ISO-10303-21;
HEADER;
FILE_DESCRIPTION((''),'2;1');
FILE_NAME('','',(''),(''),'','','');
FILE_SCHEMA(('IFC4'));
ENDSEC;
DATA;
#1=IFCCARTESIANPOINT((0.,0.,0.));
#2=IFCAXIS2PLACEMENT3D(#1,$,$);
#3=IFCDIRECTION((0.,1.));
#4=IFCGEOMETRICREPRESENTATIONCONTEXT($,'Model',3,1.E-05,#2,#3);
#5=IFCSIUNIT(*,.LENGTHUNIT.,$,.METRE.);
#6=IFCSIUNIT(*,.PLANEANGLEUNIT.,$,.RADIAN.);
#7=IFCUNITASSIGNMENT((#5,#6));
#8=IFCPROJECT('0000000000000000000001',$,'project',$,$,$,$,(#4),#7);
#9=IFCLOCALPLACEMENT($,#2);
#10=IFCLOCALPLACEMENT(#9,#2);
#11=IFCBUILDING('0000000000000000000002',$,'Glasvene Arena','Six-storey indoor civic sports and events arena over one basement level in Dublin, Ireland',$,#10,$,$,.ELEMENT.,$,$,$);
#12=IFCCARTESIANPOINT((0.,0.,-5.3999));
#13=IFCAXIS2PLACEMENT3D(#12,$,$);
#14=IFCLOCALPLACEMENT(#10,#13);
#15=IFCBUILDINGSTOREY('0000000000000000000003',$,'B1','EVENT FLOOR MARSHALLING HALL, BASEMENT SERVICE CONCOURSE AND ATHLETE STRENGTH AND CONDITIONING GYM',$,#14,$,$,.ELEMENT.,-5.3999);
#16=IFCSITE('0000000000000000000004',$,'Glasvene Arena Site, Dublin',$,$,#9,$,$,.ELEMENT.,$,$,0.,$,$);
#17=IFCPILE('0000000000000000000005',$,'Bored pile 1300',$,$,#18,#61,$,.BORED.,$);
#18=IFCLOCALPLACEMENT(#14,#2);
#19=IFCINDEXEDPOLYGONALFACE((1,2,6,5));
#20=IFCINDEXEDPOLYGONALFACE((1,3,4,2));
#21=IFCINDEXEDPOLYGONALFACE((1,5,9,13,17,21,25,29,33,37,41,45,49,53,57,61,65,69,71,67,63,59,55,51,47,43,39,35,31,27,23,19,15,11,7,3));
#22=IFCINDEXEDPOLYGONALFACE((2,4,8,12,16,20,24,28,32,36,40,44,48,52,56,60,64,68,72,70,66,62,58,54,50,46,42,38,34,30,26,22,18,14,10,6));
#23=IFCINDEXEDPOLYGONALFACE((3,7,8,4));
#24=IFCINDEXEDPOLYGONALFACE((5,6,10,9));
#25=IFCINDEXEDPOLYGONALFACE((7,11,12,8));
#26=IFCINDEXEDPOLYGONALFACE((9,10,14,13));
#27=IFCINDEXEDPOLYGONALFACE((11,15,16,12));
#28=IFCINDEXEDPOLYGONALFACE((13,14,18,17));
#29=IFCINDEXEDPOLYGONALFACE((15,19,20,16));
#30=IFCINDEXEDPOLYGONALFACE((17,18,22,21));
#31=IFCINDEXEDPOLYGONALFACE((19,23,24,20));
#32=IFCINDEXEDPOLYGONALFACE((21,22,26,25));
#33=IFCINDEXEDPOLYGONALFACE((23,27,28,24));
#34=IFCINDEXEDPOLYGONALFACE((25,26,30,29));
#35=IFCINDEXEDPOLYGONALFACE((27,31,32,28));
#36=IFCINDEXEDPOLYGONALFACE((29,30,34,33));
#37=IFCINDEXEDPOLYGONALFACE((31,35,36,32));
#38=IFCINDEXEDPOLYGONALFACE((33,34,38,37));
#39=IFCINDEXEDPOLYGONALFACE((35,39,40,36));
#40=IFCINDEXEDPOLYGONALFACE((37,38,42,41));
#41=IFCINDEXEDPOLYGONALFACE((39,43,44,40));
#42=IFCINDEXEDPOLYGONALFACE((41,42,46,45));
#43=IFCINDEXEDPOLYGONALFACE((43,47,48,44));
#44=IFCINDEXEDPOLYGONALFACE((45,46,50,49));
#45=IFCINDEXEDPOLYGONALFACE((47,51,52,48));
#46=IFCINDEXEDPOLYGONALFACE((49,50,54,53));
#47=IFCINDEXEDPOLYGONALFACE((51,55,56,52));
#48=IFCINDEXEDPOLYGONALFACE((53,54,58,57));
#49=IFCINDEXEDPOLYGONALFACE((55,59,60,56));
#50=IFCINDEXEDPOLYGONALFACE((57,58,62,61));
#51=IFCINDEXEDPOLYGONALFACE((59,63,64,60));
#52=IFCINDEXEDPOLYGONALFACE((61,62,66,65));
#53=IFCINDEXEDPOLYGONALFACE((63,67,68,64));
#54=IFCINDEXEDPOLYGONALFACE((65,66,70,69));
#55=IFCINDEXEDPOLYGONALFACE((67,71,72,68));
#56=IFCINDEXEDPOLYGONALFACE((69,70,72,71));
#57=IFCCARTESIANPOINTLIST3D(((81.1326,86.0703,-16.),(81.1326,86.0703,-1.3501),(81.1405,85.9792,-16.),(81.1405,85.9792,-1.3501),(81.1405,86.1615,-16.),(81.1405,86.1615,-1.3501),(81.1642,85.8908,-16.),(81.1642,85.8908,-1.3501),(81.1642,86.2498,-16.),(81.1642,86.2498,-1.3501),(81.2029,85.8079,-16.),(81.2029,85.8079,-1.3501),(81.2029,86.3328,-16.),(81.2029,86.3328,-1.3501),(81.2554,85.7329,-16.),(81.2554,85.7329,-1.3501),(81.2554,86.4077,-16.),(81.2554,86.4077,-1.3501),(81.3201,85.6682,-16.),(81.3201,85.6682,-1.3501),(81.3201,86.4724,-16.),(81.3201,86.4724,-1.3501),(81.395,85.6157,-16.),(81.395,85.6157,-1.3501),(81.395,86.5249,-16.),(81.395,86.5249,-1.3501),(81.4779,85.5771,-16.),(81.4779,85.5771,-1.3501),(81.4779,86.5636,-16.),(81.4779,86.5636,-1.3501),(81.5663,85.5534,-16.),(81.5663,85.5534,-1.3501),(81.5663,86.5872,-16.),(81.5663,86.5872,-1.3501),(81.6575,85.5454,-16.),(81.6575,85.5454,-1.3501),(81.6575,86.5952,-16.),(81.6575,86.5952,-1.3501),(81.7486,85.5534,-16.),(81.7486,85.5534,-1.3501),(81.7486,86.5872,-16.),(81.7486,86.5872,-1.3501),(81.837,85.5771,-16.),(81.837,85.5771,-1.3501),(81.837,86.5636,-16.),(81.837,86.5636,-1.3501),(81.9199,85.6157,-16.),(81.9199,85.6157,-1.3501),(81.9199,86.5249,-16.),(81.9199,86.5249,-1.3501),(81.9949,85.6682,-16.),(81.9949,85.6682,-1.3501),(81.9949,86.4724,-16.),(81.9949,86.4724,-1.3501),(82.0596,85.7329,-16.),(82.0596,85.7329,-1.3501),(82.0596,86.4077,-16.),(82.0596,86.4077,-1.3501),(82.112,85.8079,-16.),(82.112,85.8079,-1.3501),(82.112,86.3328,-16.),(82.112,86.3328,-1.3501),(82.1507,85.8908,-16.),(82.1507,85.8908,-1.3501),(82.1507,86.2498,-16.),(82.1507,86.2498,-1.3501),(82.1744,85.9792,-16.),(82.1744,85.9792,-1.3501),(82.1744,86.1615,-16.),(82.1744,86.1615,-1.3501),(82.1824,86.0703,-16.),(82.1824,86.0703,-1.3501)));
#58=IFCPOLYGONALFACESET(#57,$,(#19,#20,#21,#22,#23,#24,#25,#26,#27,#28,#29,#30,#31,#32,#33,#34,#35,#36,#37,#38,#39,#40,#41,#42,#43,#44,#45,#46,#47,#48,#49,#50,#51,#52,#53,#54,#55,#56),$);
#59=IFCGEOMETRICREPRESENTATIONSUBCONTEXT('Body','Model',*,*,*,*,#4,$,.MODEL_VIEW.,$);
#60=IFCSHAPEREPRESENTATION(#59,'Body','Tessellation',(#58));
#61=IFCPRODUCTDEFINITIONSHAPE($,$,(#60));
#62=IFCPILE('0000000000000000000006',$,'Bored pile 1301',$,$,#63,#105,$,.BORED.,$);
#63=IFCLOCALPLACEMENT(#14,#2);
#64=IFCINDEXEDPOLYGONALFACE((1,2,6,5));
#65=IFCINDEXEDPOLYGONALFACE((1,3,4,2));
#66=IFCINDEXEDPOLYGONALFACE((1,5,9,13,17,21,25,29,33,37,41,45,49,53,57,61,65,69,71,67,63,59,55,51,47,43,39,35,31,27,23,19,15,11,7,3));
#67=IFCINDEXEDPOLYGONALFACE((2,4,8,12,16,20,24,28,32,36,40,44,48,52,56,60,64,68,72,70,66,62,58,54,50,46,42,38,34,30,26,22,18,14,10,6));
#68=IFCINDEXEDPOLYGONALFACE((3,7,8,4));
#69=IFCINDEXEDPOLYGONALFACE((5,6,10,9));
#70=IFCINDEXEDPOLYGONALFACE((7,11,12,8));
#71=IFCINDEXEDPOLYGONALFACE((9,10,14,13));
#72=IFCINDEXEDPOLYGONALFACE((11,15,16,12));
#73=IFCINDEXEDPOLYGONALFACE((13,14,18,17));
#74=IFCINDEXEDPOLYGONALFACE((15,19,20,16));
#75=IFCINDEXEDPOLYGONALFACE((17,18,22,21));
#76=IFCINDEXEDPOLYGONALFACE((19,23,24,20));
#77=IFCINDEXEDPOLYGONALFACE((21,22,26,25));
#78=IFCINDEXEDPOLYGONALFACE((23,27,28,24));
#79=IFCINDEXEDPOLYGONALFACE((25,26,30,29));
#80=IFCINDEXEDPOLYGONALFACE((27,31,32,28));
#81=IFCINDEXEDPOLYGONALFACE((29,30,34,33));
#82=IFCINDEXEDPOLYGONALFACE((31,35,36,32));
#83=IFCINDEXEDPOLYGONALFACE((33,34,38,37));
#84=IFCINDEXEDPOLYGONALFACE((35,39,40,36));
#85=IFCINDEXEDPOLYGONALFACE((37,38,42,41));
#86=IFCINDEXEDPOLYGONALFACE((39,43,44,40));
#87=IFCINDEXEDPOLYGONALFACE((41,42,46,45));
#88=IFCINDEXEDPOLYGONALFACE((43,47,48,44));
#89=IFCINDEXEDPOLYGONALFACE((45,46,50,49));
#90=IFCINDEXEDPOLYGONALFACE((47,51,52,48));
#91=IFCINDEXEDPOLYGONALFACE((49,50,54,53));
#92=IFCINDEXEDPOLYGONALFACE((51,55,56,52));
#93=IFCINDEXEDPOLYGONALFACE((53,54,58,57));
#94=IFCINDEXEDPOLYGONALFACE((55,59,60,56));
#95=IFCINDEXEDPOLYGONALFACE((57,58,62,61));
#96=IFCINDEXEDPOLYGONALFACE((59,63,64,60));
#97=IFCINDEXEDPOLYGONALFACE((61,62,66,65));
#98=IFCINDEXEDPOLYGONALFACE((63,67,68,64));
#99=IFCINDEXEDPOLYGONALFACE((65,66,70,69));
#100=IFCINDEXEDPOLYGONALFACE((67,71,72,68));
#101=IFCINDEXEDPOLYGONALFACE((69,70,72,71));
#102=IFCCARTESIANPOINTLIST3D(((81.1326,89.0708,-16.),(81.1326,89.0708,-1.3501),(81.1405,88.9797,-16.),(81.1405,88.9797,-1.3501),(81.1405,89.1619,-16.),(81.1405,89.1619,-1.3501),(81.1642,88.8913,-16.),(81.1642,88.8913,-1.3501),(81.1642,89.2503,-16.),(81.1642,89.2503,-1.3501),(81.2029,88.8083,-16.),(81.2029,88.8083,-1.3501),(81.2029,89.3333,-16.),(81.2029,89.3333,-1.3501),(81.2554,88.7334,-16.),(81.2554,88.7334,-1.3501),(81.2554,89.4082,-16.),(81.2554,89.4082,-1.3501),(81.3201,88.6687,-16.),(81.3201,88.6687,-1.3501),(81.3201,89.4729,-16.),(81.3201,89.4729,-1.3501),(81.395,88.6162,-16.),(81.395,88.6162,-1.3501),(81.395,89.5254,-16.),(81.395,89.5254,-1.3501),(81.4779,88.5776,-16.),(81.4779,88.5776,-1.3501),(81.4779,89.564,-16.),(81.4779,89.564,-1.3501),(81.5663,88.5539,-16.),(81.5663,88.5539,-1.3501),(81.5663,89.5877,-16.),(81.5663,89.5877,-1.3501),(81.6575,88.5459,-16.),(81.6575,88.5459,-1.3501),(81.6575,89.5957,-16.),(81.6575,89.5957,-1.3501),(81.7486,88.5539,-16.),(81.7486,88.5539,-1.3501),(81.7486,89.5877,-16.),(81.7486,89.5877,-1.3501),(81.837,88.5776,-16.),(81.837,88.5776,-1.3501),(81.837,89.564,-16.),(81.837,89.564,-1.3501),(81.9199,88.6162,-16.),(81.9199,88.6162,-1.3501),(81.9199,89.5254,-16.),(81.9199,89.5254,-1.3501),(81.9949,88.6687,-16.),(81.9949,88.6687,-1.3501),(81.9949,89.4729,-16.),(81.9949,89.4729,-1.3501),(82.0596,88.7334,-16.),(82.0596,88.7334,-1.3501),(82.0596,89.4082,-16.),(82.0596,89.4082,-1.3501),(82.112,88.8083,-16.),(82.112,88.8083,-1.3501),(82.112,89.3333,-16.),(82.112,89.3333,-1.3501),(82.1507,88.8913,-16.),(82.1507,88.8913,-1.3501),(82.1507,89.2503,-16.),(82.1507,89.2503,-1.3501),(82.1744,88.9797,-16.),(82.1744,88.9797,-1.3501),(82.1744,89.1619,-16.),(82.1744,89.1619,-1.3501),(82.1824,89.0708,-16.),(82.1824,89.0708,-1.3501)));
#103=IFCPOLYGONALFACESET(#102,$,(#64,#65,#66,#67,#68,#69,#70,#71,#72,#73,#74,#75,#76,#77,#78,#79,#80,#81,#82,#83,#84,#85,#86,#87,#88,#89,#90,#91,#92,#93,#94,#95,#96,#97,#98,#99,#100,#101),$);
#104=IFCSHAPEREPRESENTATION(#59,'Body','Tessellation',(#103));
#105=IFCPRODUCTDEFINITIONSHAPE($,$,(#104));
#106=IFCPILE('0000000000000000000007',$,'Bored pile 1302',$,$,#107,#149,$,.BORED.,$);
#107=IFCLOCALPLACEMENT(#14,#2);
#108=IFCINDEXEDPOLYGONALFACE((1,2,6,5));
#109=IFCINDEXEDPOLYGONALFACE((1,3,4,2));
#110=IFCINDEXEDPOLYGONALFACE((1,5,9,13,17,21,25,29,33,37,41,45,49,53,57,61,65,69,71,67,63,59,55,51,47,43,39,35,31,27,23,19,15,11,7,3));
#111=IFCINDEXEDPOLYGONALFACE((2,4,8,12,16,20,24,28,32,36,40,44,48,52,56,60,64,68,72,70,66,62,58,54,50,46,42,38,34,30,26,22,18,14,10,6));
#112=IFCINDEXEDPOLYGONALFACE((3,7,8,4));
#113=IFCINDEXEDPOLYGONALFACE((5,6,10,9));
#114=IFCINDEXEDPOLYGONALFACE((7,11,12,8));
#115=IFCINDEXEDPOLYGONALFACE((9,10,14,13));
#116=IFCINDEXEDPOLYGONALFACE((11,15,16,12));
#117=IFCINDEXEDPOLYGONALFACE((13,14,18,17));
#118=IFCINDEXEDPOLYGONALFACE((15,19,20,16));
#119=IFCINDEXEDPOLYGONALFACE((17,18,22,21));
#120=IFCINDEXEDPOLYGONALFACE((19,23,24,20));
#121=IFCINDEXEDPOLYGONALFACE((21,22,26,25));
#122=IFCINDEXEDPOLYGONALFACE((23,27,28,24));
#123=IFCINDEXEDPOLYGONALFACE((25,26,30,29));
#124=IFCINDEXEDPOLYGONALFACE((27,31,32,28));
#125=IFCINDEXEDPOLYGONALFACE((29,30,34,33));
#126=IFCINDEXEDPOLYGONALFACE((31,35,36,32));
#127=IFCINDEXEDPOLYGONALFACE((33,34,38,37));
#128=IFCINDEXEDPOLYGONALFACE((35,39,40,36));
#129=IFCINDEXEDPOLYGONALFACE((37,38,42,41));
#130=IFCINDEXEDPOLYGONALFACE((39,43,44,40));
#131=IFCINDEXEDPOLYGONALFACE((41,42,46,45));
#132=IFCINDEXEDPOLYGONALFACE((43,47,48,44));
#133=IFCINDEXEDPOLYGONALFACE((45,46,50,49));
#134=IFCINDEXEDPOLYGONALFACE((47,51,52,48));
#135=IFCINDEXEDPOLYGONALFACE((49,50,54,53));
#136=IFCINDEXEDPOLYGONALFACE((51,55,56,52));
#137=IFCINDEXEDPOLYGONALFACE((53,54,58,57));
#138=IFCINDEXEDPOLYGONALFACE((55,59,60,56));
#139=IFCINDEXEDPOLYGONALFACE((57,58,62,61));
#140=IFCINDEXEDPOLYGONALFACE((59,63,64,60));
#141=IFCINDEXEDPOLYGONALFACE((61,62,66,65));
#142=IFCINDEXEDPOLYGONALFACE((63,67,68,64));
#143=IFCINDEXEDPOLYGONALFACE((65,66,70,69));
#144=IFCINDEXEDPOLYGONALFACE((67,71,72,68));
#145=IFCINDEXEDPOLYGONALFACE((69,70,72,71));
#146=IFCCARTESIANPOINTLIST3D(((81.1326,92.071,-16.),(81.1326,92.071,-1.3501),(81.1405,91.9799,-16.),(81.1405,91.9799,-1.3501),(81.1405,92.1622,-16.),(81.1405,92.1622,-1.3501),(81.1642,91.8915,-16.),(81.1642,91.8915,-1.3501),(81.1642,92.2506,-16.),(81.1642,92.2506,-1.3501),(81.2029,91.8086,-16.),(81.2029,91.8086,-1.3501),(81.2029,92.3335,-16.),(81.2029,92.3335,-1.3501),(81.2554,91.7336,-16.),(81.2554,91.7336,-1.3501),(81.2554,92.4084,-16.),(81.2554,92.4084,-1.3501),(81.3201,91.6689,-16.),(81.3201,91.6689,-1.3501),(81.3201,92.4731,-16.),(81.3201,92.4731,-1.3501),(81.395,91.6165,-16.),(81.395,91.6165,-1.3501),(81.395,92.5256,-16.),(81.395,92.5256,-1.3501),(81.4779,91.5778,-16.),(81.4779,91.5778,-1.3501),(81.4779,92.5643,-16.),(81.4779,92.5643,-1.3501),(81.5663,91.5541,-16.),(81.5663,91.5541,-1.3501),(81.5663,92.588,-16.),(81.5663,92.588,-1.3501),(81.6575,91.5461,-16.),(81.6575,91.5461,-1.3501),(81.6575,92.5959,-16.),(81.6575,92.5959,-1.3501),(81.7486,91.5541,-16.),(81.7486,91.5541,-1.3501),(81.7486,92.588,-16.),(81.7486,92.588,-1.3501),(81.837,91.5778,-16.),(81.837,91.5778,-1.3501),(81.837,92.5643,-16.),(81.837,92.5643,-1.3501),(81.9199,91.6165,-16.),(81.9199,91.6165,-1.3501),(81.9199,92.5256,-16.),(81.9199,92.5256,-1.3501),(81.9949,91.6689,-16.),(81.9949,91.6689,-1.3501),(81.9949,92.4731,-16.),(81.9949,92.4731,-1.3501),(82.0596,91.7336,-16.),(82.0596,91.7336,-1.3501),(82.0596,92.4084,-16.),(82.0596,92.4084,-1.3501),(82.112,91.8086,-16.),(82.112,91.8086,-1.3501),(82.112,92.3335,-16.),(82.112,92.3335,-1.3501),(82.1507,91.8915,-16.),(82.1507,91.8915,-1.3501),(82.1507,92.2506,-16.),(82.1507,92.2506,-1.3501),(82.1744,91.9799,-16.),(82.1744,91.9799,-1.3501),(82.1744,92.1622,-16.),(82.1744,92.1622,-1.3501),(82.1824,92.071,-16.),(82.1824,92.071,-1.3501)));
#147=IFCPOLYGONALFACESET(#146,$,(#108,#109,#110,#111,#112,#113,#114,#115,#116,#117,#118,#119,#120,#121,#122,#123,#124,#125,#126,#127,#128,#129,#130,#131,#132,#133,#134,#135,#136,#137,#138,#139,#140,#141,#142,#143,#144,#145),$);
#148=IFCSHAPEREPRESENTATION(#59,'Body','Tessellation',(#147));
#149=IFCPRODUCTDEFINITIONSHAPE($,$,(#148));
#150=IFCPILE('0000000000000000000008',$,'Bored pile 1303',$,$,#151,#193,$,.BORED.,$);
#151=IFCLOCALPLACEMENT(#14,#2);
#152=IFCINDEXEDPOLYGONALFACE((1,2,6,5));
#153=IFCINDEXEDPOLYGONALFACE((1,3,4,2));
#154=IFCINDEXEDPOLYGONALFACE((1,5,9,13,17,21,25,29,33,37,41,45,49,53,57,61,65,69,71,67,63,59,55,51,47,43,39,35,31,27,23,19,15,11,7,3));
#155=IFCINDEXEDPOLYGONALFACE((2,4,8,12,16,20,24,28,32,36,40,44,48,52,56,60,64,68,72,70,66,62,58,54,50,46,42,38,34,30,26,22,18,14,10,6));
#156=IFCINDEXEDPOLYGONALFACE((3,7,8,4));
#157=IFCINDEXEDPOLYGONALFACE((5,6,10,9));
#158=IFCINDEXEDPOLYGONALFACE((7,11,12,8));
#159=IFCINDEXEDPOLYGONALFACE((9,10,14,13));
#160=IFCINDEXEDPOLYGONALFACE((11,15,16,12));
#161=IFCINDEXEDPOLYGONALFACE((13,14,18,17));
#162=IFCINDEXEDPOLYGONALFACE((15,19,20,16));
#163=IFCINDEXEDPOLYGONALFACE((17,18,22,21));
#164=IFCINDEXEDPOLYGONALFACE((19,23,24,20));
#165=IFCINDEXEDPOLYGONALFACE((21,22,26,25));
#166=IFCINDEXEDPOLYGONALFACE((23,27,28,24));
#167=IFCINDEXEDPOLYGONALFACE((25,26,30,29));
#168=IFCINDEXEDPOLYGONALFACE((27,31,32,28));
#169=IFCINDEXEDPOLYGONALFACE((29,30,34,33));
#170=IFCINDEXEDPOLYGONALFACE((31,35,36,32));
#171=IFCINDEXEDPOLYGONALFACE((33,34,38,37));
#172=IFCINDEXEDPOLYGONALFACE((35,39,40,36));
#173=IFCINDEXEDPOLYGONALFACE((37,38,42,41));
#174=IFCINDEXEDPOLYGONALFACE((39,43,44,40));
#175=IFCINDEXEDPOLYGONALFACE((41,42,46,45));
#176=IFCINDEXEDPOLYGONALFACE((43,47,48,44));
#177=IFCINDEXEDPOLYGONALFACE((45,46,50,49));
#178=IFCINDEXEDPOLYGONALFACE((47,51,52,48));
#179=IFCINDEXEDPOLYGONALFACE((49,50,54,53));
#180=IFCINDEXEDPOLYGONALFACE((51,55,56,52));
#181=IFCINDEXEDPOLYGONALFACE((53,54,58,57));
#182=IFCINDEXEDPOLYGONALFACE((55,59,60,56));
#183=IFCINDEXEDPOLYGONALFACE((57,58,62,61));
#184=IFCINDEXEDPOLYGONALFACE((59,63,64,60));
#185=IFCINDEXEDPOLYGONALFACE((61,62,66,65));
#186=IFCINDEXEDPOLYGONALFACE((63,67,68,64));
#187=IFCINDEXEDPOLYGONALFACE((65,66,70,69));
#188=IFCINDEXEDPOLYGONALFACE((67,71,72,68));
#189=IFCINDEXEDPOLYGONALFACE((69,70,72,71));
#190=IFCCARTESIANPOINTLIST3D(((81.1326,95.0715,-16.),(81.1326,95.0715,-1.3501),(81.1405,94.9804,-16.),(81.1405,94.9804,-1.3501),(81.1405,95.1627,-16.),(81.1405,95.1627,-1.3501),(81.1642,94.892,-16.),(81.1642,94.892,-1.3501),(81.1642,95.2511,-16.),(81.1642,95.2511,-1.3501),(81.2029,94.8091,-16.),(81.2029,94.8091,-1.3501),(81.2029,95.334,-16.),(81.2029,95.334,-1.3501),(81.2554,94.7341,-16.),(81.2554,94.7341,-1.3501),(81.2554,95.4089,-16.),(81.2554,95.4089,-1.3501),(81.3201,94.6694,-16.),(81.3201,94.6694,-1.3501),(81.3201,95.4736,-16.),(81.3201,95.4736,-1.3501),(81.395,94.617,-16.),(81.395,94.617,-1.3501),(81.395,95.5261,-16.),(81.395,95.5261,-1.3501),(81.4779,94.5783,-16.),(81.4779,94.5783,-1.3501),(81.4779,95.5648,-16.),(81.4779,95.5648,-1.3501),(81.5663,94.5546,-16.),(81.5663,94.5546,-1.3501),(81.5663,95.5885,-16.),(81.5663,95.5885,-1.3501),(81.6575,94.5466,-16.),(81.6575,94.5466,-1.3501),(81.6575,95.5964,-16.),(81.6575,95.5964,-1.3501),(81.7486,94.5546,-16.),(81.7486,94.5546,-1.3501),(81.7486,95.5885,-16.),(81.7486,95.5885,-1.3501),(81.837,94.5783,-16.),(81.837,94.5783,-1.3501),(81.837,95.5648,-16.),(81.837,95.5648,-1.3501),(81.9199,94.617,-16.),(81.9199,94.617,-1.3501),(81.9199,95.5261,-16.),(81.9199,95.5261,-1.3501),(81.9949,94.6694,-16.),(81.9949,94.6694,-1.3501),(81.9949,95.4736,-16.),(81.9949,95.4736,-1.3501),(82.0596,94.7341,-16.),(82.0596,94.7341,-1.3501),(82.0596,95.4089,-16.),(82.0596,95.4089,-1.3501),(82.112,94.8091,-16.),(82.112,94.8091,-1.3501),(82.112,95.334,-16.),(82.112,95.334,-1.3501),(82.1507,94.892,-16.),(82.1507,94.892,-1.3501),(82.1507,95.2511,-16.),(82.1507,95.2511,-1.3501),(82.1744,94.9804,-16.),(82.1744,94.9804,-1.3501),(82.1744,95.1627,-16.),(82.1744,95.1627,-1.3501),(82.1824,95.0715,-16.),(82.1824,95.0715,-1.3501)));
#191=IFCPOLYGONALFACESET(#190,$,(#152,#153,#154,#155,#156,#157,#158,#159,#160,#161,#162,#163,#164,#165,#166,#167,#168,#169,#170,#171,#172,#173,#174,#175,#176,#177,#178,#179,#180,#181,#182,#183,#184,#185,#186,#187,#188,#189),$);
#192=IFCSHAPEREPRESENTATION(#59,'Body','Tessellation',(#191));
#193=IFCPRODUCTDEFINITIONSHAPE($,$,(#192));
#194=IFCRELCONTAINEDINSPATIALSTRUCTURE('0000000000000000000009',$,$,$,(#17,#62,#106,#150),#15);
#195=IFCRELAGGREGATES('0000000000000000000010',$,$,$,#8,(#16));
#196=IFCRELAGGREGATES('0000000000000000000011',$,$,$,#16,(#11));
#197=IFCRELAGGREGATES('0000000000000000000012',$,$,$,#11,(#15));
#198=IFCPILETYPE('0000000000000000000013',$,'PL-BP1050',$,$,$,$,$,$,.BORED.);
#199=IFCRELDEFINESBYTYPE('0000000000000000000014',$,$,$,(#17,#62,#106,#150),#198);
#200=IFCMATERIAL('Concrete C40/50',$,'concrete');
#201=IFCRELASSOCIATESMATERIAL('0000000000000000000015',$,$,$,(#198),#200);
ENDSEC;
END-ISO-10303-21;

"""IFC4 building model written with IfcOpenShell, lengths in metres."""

from ifc_helpers import new_model, si_unit, direction, frame, origin, origin_2d, place, context, subcontext, project, spatial, circle, extrude, material, material_profile, profile_set, type_object, element, save


model = new_model("IFC4")

# Units and contexts
model_context = context("Model", 3, precision=1e-05, world=origin(), true_north=direction((0.0, 1.0)))
body_context = subcontext(model_context, "Body", "Model", "MODEL_VIEW")
ifc_project = project(units=[si_unit("LENGTHUNIT", "METRE"), si_unit("PLANEANGLEUNIT", "RADIAN")], contexts=[model_context])

# Site, building, storey
site_placement = place(None, origin())
site = spatial("IfcSite", under=ifc_project, at=site_placement, Name="Glasvene Arena Site, Dublin", CompositionType="ELEMENT", RefElevation=0.0)
building_placement = place(site_placement, origin())
building = spatial("IfcBuilding", under=site, at=building_placement, Name="Glasvene Arena", Description="Six-storey indoor civic sports and events arena over one basement level in Dublin, Ireland", CompositionType="ELEMENT")
storey_placement = place(building_placement, frame((0.0, 0.0, -5.3999)))
storey = spatial("IfcBuildingStorey", under=building, at=storey_placement, Name="B1", Description="EVENT FLOOR MARSHALLING HALL, BASEMENT SERVICE CONCOURSE AND ATHLETE STRENGTH AND CONDITIONING GYM", CompositionType="ELEMENT", Elevation=-5.3999)

# Piles
ifc_material_1 = material(Name="Concrete C40/50", Category="concrete")
ifc_material_profile_1 = material_profile(ifc_material_1, circle(Radius=0.5249, at=origin_2d()), Name="BORED PILE 1050")
ifc_profile_set_1 = profile_set([ifc_material_profile_1], Name="Concrete C40/50")
pile_type_1 = type_object("IfcPileType", Name="PL-BP1050", PredefinedType="BORED", material=ifc_profile_set_1)
for number, where, z_axis, x_axis, name in (
    (1, (81.6575, 86.0703, -1.3501), (0.0, 0.0, -1.0), (1.0, 0.0, 0.0), "Bored pile 1300"),
    (2, (81.6575, 89.0708, -1.3501), (0.0, 0.0, -1.0), (1.0, 0.0, 0.0), "Bored pile 1301"),
    (3, (81.6575, 92.071, -1.3501), (0.0, 0.0, -1.0), (1.0, 0.0, 0.0), "Bored pile 1302"),
    (4, (81.6575, 95.0715, -1.3501), (0.0, 0.0, -1.0), (1.0, 0.0, 0.0), "Bored pile 1303"),
):
    element("IfcPile", number, at=place(storey_placement, frame(where, z_axis=z_axis, x_axis=x_axis)), inside=storey, type_object=pile_type_1, Name=name, PredefinedType="BORED", context=body_context, shape_type="SweptSolid", body=[
        extrude(circle(Radius=0.5249, at=origin_2d()), origin(), (0.0, 0.0, 1.0), 14.6499),
    ])

save(model, "model.ifc")
